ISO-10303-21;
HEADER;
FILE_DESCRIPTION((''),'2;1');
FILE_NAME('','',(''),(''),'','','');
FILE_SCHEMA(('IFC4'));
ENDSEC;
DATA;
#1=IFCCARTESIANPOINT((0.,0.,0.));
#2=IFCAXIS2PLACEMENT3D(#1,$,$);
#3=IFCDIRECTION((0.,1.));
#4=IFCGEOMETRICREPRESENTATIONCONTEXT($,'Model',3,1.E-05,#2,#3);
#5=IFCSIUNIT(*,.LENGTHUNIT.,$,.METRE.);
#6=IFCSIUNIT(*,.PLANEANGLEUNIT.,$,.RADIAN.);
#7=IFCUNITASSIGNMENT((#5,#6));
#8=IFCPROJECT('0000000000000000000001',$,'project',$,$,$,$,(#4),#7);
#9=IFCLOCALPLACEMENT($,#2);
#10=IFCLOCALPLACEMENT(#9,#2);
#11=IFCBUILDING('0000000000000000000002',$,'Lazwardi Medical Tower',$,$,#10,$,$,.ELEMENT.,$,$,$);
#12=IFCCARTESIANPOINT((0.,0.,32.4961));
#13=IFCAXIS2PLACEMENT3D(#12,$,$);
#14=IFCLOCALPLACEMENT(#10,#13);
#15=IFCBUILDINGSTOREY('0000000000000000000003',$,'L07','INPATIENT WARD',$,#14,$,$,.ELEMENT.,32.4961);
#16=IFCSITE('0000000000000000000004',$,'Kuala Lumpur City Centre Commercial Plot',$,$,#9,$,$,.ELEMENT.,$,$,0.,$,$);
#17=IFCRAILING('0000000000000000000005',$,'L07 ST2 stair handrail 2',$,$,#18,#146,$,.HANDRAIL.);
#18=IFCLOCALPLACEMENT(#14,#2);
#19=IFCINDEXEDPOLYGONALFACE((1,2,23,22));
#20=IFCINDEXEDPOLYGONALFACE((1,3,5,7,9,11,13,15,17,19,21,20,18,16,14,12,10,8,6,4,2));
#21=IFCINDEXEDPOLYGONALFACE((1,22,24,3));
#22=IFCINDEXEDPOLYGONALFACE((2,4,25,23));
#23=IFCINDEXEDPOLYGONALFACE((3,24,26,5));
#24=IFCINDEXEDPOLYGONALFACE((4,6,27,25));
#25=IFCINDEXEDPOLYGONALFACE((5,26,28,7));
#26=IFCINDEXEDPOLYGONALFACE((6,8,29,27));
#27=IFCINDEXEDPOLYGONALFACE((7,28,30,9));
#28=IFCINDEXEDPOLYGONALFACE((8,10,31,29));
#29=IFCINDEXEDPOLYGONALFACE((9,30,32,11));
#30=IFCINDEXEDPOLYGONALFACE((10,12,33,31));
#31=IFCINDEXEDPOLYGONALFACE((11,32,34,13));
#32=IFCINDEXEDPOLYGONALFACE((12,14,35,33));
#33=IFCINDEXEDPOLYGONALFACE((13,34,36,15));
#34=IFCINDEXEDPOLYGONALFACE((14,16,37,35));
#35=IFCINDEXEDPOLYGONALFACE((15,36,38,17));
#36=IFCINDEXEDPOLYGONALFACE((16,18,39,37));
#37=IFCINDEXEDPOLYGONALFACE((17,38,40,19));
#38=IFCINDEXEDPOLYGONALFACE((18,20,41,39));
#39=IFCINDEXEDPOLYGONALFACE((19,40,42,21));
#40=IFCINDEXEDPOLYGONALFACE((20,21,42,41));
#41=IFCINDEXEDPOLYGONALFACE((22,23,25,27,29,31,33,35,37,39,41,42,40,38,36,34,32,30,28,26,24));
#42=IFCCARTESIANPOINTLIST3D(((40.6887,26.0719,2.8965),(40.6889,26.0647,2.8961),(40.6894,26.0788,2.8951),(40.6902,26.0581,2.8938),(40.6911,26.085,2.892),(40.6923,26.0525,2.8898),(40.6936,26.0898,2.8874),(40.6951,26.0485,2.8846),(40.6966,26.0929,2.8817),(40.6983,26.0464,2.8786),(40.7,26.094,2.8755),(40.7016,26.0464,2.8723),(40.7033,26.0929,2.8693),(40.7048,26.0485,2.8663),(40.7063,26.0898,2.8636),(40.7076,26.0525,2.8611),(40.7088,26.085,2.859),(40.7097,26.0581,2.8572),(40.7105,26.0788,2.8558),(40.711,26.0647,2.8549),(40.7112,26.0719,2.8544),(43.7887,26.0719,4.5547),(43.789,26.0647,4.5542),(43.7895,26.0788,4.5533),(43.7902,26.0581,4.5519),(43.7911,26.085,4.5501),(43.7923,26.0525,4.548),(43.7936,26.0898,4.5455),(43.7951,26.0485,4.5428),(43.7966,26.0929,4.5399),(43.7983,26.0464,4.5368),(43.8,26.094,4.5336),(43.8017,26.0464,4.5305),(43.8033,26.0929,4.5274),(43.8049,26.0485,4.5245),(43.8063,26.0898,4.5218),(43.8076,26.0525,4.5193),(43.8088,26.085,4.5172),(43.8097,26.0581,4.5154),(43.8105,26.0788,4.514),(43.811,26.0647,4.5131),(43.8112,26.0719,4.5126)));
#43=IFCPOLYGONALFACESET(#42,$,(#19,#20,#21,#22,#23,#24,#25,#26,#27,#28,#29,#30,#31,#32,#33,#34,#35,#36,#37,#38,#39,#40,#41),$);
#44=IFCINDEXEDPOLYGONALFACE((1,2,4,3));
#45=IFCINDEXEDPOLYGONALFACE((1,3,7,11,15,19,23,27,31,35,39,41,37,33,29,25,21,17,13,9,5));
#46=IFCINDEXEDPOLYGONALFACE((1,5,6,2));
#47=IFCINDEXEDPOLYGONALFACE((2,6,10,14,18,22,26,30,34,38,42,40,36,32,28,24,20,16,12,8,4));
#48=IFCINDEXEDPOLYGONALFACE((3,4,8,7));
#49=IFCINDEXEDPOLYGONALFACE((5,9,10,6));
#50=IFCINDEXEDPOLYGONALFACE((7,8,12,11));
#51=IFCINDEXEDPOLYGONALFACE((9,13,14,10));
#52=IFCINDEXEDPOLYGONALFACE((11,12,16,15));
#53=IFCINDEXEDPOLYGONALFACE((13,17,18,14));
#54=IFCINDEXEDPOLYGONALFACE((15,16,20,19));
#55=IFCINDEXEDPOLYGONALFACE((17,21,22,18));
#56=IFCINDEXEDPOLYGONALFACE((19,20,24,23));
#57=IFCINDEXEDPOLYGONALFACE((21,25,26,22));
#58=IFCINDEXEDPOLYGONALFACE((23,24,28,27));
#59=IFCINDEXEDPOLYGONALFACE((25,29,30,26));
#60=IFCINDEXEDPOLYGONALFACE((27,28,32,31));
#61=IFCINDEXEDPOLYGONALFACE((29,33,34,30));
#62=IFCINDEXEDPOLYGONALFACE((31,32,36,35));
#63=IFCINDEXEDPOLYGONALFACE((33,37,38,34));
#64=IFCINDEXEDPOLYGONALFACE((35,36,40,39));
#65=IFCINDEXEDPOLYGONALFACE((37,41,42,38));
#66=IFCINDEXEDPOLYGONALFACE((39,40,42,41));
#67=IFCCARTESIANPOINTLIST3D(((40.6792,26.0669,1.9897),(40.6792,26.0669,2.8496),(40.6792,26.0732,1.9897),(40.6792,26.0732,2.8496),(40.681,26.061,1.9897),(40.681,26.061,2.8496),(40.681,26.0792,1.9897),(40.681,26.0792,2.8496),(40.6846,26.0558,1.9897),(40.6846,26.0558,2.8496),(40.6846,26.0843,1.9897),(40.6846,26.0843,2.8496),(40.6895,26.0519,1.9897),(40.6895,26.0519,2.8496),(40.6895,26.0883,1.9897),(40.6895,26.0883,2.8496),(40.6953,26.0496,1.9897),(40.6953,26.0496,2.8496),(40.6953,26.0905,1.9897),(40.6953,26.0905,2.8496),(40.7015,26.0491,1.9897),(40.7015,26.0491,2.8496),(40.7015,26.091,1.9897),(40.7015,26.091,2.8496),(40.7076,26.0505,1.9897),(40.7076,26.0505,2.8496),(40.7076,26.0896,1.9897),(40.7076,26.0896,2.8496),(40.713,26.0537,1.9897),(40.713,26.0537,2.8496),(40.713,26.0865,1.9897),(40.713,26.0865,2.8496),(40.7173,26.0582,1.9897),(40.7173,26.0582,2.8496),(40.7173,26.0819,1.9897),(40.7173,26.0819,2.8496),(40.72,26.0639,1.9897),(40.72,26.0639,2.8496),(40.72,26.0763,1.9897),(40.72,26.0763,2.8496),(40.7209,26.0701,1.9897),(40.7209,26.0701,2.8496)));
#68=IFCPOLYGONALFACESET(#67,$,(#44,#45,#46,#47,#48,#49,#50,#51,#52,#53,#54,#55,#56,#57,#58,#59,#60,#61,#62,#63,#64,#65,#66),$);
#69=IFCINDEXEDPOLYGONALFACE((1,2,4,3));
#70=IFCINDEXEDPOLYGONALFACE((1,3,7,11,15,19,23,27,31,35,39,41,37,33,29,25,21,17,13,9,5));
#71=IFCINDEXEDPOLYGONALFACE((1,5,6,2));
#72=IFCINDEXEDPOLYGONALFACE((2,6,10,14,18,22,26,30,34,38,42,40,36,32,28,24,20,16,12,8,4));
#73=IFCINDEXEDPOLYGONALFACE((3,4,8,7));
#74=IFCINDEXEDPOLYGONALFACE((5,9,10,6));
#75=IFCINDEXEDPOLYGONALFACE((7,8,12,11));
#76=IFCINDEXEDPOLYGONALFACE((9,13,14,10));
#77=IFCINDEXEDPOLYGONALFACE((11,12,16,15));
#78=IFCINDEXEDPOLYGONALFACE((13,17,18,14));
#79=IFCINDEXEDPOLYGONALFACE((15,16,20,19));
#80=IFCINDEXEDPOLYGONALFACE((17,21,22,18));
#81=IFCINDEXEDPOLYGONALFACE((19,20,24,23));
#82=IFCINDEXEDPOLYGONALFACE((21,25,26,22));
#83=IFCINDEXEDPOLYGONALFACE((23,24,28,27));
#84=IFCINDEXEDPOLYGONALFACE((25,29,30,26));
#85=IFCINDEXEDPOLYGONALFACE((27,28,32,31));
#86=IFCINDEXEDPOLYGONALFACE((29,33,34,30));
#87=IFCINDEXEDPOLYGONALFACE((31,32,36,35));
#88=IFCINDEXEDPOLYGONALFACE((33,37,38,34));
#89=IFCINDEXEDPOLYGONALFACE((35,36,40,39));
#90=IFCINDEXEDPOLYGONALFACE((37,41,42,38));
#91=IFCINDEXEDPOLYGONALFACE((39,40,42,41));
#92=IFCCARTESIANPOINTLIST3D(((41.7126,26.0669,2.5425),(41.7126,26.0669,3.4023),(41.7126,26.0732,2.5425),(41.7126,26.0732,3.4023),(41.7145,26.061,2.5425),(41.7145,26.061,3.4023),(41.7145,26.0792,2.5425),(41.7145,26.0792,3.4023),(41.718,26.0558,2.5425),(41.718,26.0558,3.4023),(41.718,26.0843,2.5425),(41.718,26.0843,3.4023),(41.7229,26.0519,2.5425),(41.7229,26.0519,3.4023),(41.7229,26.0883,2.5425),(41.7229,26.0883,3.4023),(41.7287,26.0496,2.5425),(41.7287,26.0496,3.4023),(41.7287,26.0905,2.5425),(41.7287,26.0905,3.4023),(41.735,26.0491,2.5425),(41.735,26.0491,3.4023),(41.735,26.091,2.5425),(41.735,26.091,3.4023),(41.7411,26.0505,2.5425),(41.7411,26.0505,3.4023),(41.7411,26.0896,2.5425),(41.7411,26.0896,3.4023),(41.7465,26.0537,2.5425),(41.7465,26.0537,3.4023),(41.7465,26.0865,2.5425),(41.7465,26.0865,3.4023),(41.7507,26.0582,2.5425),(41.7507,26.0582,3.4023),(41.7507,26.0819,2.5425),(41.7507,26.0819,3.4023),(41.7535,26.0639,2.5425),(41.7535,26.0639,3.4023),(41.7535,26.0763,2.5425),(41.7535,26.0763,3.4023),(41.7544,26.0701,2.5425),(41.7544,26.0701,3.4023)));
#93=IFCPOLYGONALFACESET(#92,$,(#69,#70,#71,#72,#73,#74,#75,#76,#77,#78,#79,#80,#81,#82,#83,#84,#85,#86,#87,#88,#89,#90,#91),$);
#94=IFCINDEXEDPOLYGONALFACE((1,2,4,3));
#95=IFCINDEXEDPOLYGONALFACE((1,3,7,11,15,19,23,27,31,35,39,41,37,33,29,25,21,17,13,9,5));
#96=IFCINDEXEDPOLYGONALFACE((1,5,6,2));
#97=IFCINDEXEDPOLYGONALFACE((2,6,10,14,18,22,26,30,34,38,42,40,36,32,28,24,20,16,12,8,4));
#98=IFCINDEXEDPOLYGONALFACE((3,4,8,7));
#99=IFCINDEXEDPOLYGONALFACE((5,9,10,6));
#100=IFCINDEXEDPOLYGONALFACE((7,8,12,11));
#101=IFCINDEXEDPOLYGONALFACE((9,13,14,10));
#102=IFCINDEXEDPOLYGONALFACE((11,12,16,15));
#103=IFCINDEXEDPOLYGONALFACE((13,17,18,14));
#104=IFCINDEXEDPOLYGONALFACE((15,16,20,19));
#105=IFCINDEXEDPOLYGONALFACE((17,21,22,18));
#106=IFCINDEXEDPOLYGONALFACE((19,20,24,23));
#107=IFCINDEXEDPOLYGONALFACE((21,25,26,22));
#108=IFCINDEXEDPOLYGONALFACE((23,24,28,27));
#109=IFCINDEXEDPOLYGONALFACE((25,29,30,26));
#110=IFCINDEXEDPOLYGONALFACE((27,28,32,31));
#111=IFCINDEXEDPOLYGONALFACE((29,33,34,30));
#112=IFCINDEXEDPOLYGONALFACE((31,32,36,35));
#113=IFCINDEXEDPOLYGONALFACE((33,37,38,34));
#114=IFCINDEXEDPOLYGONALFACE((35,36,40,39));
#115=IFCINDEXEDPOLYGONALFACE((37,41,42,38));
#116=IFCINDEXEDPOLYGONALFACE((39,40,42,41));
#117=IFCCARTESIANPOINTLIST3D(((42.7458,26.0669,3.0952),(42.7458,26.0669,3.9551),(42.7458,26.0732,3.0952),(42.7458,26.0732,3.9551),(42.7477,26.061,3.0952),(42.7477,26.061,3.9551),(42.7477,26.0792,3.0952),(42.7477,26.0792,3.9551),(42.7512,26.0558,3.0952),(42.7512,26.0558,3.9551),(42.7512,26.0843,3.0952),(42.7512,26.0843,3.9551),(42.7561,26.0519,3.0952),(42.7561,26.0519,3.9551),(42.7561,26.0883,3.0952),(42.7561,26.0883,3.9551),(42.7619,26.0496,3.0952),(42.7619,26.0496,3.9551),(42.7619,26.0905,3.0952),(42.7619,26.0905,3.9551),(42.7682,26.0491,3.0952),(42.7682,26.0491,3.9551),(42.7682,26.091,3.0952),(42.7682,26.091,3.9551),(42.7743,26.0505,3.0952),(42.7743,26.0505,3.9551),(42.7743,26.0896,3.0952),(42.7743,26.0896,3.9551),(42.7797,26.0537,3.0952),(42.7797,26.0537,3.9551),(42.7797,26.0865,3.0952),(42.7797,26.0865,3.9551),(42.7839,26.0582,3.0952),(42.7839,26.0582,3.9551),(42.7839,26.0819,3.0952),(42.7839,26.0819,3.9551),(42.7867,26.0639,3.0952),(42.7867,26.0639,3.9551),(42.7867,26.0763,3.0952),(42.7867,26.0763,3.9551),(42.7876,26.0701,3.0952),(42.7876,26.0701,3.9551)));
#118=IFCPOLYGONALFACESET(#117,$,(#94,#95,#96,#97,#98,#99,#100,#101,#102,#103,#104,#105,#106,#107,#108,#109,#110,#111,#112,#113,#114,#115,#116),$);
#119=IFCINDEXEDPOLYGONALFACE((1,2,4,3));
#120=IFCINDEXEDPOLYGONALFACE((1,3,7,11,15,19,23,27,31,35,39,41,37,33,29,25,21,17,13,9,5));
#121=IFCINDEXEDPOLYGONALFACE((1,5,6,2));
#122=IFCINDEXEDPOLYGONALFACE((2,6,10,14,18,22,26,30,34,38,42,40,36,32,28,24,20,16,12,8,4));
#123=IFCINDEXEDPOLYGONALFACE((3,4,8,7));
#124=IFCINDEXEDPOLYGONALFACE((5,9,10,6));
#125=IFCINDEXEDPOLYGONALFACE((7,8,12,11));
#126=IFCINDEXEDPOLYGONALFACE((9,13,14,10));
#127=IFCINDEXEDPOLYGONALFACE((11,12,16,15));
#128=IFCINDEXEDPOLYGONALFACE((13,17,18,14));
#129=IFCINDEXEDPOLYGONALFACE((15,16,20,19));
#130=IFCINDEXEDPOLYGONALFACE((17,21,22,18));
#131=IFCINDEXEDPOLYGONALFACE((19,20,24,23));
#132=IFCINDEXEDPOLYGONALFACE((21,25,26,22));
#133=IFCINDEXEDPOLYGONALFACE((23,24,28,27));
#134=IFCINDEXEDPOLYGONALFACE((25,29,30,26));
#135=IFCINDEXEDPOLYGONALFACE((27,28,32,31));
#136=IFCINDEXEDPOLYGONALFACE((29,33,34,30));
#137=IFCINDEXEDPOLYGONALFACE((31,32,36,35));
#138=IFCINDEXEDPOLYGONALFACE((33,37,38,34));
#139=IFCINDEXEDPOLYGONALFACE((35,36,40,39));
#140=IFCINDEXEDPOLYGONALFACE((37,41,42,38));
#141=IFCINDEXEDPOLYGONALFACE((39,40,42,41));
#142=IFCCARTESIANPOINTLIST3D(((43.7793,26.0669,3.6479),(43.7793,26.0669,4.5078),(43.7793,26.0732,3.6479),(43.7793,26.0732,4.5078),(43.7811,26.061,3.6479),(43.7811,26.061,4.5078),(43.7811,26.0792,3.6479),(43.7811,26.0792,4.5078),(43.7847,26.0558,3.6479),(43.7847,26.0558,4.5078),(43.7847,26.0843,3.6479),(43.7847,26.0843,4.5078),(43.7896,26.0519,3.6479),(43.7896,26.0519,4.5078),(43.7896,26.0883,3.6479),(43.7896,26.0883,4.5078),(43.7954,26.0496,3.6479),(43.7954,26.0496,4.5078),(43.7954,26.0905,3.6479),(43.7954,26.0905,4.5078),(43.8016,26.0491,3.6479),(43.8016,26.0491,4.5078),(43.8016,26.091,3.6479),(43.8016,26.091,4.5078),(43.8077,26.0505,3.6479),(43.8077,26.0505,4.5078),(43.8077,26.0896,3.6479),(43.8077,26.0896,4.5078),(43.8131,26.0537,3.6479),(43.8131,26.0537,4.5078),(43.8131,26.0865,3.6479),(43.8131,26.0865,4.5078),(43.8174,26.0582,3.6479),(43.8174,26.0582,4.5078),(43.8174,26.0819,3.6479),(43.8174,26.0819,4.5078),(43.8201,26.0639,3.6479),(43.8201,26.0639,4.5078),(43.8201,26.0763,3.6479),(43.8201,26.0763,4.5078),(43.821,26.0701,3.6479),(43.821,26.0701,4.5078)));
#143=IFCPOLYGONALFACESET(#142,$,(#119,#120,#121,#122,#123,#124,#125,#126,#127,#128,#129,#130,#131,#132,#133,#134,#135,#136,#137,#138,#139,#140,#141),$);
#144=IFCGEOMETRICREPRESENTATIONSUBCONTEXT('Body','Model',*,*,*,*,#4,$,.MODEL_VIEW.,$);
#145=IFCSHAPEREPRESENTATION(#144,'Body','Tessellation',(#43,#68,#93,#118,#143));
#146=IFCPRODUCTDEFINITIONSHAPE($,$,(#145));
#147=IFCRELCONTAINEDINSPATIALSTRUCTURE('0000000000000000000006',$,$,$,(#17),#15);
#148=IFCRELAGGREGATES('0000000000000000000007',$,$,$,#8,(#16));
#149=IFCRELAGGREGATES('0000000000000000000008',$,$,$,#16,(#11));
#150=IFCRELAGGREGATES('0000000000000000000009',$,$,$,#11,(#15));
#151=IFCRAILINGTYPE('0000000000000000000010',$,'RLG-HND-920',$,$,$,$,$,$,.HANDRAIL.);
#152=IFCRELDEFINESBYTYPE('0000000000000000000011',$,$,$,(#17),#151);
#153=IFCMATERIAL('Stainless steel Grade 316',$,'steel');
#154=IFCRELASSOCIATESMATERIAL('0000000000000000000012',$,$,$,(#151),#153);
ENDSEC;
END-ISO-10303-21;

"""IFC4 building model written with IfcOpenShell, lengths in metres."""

from ifc_helpers import new_model, si_unit, direction, frame, origin, origin_2d, place, context, subcontext, project, spatial, circle, extrude, material, type_object, element, save


model = new_model("IFC4")

# Units and contexts
model_context = context("Model", 3, precision=1e-05, world=origin(), true_north=direction((0.0, 1.0)))
body_context = subcontext(model_context, "Body", "Model", "MODEL_VIEW")
ifc_project = project(units=[si_unit("LENGTHUNIT", "METRE"), si_unit("PLANEANGLEUNIT", "RADIAN")], contexts=[model_context])

# Site, building, storey
site_placement = place(None, origin())
site = spatial("IfcSite", under=ifc_project, at=site_placement, Name="Kuala Lumpur City Centre Commercial Plot", CompositionType="ELEMENT", RefElevation=0.0)
building_placement = place(site_placement, origin())
building = spatial("IfcBuilding", under=site, at=building_placement, Name="Lazwardi Medical Tower", CompositionType="ELEMENT")
storey_placement = place(building_placement, frame((0.0, 0.0, 32.4961)))
storey = spatial("IfcBuildingStorey", under=building, at=storey_placement, Name="L07", Description="INPATIENT WARD", CompositionType="ELEMENT", Elevation=32.4961)

# Railing
ifc_material_1 = material(Name="Stainless steel Grade 316", Category="steel")
railing_type_1 = type_object("IfcRailingType", Name="RLG-HND-920", PredefinedType="HANDRAIL", material=ifc_material_1)
railing_1_placement = place(storey_placement, frame((40.7, 26.0701, 1.9897)))
element("IfcRailing", 1, at=railing_1_placement, inside=storey, type_object=railing_type_1, Name="L07 ST2 stair handrail 2", PredefinedType="HANDRAIL", context=body_context, shape_type="SweptSolid", body=[
    extrude(circle(Radius=0.0239, at=origin_2d()), frame((0.0, 0.0, 0.8857), z_axis=(0.881783, 0.0, 0.471655), x_axis=(0.0, 1.0, 0.0)), (0.0, 0.0, 1.0), 3.5156),
    extrude(circle(Radius=0.021, at=origin_2d()), origin(), (0.0, 0.0, 1.0), 0.8599),
    extrude(circle(Radius=0.021, at=origin_2d()), frame((1.0334, 0.0, 0.5527)), (0.0, 0.0, 1.0), 0.8599),
    extrude(circle(Radius=0.021, at=origin_2d()), frame((2.0667, 0.0, 1.1055)), (0.0, 0.0, 1.0), 0.8599),
    extrude(circle(Radius=0.021, at=origin_2d()), frame((3.1001, 0.0, 1.6582)), (0.0, 0.0, 1.0), 0.8599),
])

save(model, "model.ifc")
